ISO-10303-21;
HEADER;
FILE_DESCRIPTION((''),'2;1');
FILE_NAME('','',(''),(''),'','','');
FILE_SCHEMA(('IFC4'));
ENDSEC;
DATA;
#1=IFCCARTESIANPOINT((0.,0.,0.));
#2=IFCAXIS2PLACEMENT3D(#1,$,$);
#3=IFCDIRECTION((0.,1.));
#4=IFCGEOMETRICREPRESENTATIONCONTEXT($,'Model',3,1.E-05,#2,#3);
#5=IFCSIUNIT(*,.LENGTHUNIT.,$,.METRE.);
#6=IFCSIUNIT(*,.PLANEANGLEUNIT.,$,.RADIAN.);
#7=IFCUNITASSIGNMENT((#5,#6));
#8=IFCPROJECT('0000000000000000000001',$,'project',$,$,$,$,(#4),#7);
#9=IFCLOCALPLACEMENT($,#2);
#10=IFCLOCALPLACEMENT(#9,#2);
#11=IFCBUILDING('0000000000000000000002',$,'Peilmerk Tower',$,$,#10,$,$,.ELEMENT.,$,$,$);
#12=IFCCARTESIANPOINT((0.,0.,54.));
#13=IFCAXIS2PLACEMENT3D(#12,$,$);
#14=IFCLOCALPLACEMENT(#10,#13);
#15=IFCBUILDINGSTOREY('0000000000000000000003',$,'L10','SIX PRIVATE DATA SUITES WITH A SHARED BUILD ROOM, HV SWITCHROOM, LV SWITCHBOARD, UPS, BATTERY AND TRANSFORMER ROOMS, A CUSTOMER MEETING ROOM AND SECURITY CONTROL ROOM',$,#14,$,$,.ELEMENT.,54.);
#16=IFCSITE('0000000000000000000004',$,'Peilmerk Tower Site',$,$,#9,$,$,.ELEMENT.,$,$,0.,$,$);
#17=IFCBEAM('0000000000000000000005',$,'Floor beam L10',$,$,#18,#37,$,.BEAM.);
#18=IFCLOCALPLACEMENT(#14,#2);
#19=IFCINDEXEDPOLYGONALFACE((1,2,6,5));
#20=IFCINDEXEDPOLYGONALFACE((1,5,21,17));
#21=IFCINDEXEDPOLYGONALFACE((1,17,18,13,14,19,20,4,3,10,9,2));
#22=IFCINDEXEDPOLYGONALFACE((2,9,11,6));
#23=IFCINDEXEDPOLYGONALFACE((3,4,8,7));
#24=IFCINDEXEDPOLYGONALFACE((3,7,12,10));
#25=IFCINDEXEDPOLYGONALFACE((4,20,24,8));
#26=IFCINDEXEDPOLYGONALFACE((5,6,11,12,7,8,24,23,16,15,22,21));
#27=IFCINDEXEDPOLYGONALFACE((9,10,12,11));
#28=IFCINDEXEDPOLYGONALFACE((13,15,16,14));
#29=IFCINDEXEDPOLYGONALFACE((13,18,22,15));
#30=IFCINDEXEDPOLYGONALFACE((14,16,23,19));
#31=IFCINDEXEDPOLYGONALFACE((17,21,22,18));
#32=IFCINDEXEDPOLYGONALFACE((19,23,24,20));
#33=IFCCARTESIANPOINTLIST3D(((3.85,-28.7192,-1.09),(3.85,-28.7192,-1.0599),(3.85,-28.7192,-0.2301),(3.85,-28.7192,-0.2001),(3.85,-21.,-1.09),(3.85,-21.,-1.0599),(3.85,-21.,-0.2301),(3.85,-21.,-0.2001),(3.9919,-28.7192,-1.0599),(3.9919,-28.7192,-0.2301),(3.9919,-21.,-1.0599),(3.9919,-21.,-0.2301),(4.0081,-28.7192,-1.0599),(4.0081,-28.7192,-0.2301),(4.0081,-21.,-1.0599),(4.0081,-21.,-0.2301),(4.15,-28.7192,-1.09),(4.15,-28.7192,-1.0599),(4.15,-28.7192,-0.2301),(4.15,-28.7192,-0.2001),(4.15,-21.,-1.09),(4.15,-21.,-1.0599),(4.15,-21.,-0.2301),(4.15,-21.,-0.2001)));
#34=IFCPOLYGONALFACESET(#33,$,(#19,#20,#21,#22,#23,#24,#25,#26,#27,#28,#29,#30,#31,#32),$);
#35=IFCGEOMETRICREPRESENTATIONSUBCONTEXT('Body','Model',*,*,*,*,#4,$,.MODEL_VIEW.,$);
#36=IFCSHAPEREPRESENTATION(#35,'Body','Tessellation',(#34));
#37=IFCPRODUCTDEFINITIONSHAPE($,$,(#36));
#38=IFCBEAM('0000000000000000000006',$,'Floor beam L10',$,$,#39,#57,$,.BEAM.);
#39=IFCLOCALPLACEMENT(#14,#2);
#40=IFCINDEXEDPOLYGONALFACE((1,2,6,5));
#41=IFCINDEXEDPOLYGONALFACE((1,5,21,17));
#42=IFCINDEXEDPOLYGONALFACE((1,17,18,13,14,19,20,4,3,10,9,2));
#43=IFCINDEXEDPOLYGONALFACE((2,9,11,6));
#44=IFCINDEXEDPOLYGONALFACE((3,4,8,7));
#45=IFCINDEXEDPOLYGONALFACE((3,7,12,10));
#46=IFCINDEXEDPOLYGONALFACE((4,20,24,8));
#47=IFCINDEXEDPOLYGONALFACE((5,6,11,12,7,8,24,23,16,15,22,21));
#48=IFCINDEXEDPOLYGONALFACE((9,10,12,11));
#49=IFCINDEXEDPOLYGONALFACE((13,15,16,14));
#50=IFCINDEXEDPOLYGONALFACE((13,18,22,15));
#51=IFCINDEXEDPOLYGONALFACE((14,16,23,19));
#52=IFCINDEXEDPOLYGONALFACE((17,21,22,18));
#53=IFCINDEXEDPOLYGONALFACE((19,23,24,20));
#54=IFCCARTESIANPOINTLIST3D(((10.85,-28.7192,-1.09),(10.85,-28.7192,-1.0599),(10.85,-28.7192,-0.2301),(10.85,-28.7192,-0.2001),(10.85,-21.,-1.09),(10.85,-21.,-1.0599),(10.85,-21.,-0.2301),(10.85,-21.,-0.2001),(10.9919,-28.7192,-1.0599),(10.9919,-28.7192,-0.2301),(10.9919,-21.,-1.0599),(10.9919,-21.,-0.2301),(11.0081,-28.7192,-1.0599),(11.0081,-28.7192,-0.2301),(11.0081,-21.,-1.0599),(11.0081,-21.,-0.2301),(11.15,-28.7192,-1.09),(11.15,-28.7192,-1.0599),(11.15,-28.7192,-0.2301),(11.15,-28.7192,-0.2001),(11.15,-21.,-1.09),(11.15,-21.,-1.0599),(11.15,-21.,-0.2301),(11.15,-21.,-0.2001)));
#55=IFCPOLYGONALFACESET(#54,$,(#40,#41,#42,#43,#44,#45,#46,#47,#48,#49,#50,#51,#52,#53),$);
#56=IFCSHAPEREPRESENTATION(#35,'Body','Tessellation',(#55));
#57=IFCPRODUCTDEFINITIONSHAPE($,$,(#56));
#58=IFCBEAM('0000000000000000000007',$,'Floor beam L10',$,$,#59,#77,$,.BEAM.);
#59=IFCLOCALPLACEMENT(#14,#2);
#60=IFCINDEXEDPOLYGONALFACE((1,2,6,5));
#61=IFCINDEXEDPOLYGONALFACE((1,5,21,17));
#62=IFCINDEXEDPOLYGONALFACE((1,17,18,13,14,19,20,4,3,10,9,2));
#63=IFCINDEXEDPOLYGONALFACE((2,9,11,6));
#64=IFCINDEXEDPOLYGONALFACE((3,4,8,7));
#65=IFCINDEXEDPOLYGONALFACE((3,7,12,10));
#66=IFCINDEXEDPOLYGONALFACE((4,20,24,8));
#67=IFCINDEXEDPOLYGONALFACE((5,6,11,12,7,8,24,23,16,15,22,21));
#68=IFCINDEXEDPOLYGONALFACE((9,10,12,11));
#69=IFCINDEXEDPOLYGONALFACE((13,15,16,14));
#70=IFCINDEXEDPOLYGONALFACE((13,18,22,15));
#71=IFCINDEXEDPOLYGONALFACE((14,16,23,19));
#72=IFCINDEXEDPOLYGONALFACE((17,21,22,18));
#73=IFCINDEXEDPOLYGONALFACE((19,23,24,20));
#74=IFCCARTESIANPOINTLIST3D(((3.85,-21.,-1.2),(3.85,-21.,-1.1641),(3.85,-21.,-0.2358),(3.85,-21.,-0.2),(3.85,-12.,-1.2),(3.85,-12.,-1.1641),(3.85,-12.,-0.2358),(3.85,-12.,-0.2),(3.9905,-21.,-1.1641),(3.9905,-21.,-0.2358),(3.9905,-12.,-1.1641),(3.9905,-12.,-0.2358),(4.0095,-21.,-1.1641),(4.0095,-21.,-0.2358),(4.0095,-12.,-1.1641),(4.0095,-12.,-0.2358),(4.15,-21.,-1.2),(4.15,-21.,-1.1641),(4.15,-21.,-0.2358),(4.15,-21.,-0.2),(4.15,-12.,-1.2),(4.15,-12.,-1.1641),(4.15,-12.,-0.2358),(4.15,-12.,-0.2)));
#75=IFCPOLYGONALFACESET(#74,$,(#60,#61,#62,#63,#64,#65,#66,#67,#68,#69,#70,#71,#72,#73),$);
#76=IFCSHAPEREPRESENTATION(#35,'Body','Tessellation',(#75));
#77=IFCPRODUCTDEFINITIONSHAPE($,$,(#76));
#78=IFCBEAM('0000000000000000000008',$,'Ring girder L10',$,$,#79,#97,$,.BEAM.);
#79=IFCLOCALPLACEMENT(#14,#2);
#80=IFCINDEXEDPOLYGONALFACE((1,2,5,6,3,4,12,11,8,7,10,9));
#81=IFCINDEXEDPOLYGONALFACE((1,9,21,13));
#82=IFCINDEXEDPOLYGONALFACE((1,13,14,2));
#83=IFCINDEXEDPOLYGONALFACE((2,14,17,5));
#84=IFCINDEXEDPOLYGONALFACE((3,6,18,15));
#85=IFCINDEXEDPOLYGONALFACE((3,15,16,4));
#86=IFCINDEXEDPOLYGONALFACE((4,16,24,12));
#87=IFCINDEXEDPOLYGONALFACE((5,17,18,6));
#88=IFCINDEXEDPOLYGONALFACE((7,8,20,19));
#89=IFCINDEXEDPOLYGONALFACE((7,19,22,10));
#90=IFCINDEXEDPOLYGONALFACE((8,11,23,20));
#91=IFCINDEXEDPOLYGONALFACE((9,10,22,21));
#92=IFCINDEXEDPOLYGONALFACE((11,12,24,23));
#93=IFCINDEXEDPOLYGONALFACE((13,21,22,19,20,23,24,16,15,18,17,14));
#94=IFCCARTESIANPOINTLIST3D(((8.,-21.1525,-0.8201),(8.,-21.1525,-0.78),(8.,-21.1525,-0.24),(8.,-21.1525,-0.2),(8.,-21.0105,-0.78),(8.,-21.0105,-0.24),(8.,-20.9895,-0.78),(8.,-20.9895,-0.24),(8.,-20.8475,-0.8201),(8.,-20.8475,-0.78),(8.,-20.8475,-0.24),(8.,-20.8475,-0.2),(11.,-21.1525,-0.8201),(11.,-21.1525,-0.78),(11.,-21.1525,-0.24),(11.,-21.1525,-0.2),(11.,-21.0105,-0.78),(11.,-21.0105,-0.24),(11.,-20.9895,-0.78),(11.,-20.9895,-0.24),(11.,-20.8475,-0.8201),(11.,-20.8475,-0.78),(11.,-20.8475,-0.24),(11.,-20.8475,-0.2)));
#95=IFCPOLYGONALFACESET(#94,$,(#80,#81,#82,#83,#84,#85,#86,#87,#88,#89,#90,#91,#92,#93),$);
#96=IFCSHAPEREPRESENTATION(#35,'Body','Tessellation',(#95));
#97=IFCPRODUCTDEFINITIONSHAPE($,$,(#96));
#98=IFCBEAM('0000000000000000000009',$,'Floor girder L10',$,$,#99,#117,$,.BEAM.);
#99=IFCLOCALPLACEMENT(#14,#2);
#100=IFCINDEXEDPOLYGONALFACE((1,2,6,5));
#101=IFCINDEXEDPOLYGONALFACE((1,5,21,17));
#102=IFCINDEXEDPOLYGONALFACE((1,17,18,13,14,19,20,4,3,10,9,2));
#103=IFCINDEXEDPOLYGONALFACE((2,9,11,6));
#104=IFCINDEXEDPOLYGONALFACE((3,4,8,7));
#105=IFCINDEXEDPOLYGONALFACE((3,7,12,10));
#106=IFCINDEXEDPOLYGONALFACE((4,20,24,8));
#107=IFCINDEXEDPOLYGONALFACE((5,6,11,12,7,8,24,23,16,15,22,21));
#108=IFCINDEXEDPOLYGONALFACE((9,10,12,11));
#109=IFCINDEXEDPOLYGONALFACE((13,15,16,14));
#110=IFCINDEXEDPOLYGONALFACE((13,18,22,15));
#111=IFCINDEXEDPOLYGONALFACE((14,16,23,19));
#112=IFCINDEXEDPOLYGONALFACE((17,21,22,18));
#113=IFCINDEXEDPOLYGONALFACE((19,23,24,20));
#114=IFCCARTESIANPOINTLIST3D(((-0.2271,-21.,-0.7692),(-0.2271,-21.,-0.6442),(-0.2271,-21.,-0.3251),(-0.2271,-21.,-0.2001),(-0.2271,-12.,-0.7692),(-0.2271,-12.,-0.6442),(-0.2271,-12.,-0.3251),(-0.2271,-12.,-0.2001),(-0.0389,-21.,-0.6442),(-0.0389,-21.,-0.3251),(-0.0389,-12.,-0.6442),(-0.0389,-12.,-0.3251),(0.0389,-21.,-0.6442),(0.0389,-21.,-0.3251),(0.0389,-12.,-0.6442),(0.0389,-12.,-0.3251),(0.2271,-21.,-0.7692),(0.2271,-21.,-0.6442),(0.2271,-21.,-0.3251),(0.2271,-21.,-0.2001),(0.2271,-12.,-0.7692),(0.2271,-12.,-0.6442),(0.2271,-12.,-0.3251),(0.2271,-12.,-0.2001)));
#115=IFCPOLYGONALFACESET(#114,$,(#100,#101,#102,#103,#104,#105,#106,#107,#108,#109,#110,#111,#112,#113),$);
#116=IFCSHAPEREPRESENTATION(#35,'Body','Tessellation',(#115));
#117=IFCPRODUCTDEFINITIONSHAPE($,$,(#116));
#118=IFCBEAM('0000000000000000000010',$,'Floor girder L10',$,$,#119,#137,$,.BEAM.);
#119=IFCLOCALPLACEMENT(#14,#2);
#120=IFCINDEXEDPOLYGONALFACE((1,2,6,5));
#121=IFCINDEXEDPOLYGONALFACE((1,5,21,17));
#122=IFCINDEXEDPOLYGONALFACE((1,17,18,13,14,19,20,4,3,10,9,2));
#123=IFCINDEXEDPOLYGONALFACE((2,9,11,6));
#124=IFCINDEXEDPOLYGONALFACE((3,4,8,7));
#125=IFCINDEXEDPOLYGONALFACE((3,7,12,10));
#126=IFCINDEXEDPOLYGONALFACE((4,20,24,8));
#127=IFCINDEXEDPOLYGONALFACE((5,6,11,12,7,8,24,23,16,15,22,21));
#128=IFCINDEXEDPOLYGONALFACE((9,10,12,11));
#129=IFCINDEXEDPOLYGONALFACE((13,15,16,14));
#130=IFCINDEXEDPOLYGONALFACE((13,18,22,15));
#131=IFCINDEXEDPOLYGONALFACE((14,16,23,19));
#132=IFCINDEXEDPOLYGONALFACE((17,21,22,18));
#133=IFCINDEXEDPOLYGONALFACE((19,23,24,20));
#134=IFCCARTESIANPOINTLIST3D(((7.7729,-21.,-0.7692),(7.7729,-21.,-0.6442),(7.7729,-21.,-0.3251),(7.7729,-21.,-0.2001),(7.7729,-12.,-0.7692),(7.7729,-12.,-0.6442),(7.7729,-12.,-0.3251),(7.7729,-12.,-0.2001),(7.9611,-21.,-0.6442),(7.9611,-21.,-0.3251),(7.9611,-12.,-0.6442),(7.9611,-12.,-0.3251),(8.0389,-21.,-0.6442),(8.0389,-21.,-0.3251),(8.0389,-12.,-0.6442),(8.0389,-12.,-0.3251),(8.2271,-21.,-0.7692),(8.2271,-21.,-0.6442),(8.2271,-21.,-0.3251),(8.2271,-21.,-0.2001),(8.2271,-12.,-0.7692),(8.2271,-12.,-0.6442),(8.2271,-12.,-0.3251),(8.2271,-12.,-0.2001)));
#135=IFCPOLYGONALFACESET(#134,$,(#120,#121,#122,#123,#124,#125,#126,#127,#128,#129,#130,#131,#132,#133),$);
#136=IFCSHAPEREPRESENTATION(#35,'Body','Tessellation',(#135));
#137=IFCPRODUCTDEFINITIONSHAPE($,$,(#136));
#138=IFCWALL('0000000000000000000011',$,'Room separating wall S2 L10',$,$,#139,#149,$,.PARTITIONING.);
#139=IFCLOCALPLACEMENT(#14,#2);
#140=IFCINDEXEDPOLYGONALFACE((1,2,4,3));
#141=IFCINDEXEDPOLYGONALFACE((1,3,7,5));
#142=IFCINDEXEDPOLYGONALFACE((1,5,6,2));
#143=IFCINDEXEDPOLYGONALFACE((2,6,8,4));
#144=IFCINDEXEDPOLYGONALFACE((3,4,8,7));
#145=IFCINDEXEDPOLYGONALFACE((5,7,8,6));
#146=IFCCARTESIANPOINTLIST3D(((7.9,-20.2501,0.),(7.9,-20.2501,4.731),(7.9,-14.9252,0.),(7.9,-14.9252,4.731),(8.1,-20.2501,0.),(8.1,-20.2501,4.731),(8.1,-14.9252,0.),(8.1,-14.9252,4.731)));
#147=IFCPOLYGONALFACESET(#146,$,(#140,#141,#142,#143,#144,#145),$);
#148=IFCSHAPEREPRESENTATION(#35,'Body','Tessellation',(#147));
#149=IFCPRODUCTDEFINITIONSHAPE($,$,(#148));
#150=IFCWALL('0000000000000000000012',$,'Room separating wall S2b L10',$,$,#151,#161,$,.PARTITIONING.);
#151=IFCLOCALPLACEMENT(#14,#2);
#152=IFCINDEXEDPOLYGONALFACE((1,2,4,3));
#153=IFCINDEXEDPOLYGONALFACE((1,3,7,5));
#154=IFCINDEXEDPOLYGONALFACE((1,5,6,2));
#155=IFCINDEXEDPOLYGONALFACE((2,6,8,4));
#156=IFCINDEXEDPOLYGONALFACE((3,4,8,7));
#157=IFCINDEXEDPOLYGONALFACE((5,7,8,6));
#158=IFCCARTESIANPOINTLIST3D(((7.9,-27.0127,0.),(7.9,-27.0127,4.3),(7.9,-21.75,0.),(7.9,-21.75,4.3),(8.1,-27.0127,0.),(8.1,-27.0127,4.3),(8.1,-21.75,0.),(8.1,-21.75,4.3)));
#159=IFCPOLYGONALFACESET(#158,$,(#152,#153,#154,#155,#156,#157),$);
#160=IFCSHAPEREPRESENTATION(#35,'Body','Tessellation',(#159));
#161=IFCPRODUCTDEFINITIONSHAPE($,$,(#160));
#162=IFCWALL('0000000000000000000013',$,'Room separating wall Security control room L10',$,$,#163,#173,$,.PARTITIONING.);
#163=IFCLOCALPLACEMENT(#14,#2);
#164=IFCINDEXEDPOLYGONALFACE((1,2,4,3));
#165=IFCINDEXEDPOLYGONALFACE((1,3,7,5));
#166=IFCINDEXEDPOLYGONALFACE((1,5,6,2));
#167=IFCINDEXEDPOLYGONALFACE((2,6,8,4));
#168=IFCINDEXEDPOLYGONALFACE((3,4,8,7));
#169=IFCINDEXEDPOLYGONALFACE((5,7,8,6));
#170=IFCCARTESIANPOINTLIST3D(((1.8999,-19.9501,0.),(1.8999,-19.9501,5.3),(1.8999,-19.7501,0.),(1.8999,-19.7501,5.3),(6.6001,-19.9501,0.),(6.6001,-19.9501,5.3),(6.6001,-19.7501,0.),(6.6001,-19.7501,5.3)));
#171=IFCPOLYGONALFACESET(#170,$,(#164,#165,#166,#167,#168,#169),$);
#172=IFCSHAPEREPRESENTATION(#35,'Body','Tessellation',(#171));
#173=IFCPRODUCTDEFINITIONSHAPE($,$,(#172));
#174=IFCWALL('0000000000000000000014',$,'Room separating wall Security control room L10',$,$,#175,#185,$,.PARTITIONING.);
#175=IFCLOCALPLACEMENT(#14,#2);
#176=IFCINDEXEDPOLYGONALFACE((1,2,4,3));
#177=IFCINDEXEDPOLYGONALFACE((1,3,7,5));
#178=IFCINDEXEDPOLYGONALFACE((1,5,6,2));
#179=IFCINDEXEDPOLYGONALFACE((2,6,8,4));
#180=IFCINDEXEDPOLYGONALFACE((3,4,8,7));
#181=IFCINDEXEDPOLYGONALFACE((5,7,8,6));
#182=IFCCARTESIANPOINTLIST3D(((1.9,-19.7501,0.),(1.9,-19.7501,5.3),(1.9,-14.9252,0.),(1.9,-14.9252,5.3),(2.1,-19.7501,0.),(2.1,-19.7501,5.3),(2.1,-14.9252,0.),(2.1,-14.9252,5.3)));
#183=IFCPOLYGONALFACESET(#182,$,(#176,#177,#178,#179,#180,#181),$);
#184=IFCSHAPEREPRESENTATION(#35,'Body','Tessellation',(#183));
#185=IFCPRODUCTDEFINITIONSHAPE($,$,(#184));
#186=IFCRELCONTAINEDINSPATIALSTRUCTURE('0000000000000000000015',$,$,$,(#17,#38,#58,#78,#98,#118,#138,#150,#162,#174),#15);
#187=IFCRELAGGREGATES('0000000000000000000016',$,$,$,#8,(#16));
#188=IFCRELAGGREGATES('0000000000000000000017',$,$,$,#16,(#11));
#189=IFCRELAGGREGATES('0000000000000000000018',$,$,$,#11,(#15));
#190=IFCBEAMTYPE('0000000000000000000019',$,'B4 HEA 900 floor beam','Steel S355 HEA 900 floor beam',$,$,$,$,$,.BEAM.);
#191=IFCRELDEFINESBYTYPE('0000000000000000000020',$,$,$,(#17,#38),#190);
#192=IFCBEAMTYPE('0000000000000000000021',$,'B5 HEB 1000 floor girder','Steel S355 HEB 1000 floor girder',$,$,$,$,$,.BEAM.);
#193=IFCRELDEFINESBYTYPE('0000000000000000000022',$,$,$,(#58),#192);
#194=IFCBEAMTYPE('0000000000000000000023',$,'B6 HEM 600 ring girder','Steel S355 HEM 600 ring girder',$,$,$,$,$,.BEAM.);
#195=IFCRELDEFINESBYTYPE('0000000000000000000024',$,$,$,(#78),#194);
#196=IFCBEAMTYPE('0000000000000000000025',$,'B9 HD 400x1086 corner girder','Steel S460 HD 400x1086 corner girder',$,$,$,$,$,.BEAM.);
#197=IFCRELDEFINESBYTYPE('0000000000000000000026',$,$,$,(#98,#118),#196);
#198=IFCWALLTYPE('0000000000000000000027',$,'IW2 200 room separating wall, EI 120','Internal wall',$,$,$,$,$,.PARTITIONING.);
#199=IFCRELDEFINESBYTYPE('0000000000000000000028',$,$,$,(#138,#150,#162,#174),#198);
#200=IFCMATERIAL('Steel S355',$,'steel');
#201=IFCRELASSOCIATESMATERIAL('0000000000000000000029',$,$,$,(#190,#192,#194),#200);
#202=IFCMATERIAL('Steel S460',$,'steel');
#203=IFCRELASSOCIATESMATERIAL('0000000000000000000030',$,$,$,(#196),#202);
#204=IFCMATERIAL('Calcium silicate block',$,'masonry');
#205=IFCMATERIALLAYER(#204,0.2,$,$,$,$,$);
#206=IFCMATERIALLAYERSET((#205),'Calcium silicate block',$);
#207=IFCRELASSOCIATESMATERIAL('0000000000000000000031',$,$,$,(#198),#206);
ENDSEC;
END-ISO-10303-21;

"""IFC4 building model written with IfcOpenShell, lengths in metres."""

from ifc_helpers import new_model, si_unit, direction, frame, frame_2d, origin, origin_2d, place, context, subcontext, project, spatial, rectangle, i_section, extrude, material, layer, layer_set, material_profile, profile_set, type_object, element, save


model = new_model("IFC4")

# Units and contexts
model_context = context("Model", 3, precision=1e-05, world=origin(), true_north=direction((0.0, 1.0)))
body_context = subcontext(model_context, "Body", "Model", "MODEL_VIEW")
ifc_project = project(units=[si_unit("LENGTHUNIT", "METRE"), si_unit("PLANEANGLEUNIT", "RADIAN")], contexts=[model_context])

# Site, building, storey
site_placement = place(None, origin())
site = spatial("IfcSite", under=ifc_project, at=site_placement, Name="Peilmerk Tower Site", CompositionType="ELEMENT", RefElevation=0.0)
building_placement = place(site_placement, origin())
building = spatial("IfcBuilding", under=site, at=building_placement, Name="Peilmerk Tower", CompositionType="ELEMENT")
storey_placement = place(building_placement, frame((0.0, 0.0, 54.0)))
storey = spatial("IfcBuildingStorey", under=building, at=storey_placement, Name="L10", Description="SIX PRIVATE DATA SUITES WITH A SHARED BUILD ROOM, HV SWITCHROOM, LV SWITCHBOARD, UPS, BATTERY AND TRANSFORMER ROOMS, A CUSTOMER MEETING ROOM AND SECURITY CONTROL ROOM", CompositionType="ELEMENT", Elevation=54.0)

# Beams
ifc_material_1 = material(Name="Steel S355", Category="steel")
ifc_material_profile_1 = material_profile(ifc_material_1, i_section(OverallWidth=0.3, OverallDepth=0.8899, WebThickness=0.0161, FlangeThickness=0.03, at=origin_2d()), Name="HEA 900")
ifc_profile_set_1 = profile_set([ifc_material_profile_1], Name="Steel S355")
beam_type_1 = type_object("IfcBeamType", Name="B4 HEA 900 floor beam", Description="Steel S355 HEA 900 floor beam", PredefinedType="BEAM", material=ifc_profile_set_1)
for number, where, z_axis, x_axis, name in (
    (1, (4.0, -21.0, -0.645), (0.0, -1.0, 0.0), (1.0, 0.0, 0.0), "Floor beam L10"),
    (2, (11.0, -21.0, -0.645), (0.0, -1.0, 0.0), (1.0, 0.0, 0.0), "Floor beam L10"),
):
    element("IfcBeam", number, at=place(storey_placement, frame(where, z_axis=z_axis, x_axis=x_axis)), inside=storey, type_object=beam_type_1, Name=name, PredefinedType="BEAM", context=body_context, shape_type="SweptSolid", body=[
        extrude(i_section(OverallWidth=0.3, OverallDepth=0.8899, WebThickness=0.0161, FlangeThickness=0.03, at=origin_2d()), origin(), (0.0, 0.0, 1.0), 7.7192),
    ])
ifc_material_profile_2 = material_profile(ifc_material_1, i_section(OverallWidth=0.3, OverallDepth=1.0, WebThickness=0.019, FlangeThickness=0.0359, at=origin_2d()), Name="HEB 1000")
ifc_profile_set_2 = profile_set([ifc_material_profile_2], Name="Steel S355")
beam_type_2 = type_object("IfcBeamType", Name="B5 HEB 1000 floor girder", Description="Steel S355 HEB 1000 floor girder", PredefinedType="BEAM", material=ifc_profile_set_2)
beam_1_placement = place(storey_placement, frame((4.0, -12.0, -0.7), z_axis=(0.0, -1.0, 0.0), x_axis=(1.0, 0.0, 0.0)))
element("IfcBeam", 3, at=beam_1_placement, inside=storey, type_object=beam_type_2, Name="Floor beam L10", PredefinedType="BEAM", context=body_context, shape_type="SweptSolid", body=[
    extrude(i_section(OverallWidth=0.3, OverallDepth=1.0, WebThickness=0.019, FlangeThickness=0.0359, at=origin_2d()), origin(), (0.0, 0.0, 1.0), 9.0),
])
ifc_material_profile_3 = material_profile(ifc_material_1, i_section(OverallWidth=0.3049, OverallDepth=0.6201, WebThickness=0.021, FlangeThickness=0.04, at=origin_2d()), Name="HEM 600")
ifc_profile_set_3 = profile_set([ifc_material_profile_3], Name="Steel S355")
beam_type_3 = type_object("IfcBeamType", Name="B6 HEM 600 ring girder", Description="Steel S355 HEM 600 ring girder", PredefinedType="BEAM", material=ifc_profile_set_3)
beam_2_placement = place(storey_placement, frame((8.0, -21.0, -0.51), z_axis=(1.0, 0.0, 0.0), x_axis=(0.0, 1.0, 0.0)))
element("IfcBeam", 4, at=beam_2_placement, inside=storey, type_object=beam_type_3, Name="Ring girder L10", PredefinedType="BEAM", context=body_context, shape_type="SweptSolid", body=[
    extrude(i_section(OverallWidth=0.3049, OverallDepth=0.6201, WebThickness=0.021, FlangeThickness=0.04, at=origin_2d()), origin(), (0.0, 0.0, 1.0), 3.0),
])
ifc_material_2 = material(Name="Steel S460", Category="steel")
ifc_material_profile_4 = material_profile(ifc_material_2, i_section(OverallWidth=0.4541, OverallDepth=0.5691, WebThickness=0.0779, FlangeThickness=0.125, at=origin_2d()), Name="HD 400x1086")
ifc_profile_set_4 = profile_set([ifc_material_profile_4], Name="Steel S460")
beam_type_4 = type_object("IfcBeamType", Name="B9 HD 400x1086 corner girder", Description="Steel S460 HD 400x1086 corner girder", PredefinedType="BEAM", material=ifc_profile_set_4)
for number, where, z_axis, x_axis, name in (
    (5, (0.0, -12.0, -0.4846), (0.0, -1.0, 0.0), (1.0, 0.0, 0.0), "Floor girder L10"),
    (6, (8.0, -12.0, -0.4846), (0.0, -1.0, 0.0), (1.0, 0.0, 0.0), "Floor girder L10"),
):
    element("IfcBeam", number, at=place(storey_placement, frame(where, z_axis=z_axis, x_axis=x_axis)), inside=storey, type_object=beam_type_4, Name=name, PredefinedType="BEAM", context=body_context, shape_type="SweptSolid", body=[
        extrude(i_section(OverallWidth=0.4541, OverallDepth=0.5691, WebThickness=0.0779, FlangeThickness=0.125, at=origin_2d()), origin(), (0.0, 0.0, 1.0), 9.0),
    ])

# Walls
ifc_material_3 = material(Name="Calcium silicate block", Category="masonry")
ifc_layer_1 = layer(ifc_material_3, 0.2)
ifc_layer_set_1 = layer_set([ifc_layer_1], Name="Calcium silicate block")
wall_type_1 = type_object("IfcWallType", Name="IW2 200 room separating wall, EI 120", Description="Internal wall", PredefinedType="PARTITIONING", material=ifc_layer_set_1)
wall_1_placement = place(storey_placement, frame((8.0, -14.925, 0.0), z_axis=(0.0, 0.0, 1.0), x_axis=(0.0, -1.0, 0.0)))
element("IfcWall", 7, at=wall_1_placement, inside=storey, type_object=wall_type_1, Name="Room separating wall S2 L10", PredefinedType="PARTITIONING", context=body_context, shape_type="SweptSolid", body=[
    extrude(rectangle(XDim=5.325, YDim=0.2, at=frame_2d((2.6626, 0.0))), origin(), (0.0, 0.0, 1.0), 4.731),
])
wall_2_placement = place(storey_placement, frame((8.0, -21.75, 0.0), z_axis=(0.0, 0.0, 1.0), x_axis=(0.0, -1.0, 0.0)))
element("IfcWall", 8, at=wall_2_placement, inside=storey, type_object=wall_type_1, Name="Room separating wall S2b L10", PredefinedType="PARTITIONING", context=body_context, shape_type="SweptSolid", body=[
    extrude(rectangle(XDim=5.2627, YDim=0.2, at=frame_2d((2.6313, 0.0))), origin(), (0.0, 0.0, 1.0), 4.3),
])
wall_3_placement = place(storey_placement, frame((1.8999, -19.8501, 0.0), z_axis=(0.0, 0.0, 1.0), x_axis=(1.0, 0.0, 0.0)))
element("IfcWall", 9, at=wall_3_placement, inside=storey, type_object=wall_type_1, Name="Room separating wall Security control room L10", PredefinedType="PARTITIONING", context=body_context, shape_type="SweptSolid", body=[
    extrude(rectangle(XDim=4.7002, YDim=0.2, at=frame_2d((2.3501, 0.0))), origin(), (0.0, 0.0, 1.0), 5.3),
])
for number, where, z_axis, x_axis, name in (
    (10, (2.0, -14.925, 0.0), (0.0, 0.0, 1.0), (0.0, -1.0, 0.0), "Room separating wall Security control room L10"),
):
    element("IfcWall", number, at=place(storey_placement, frame(where, z_axis=z_axis, x_axis=x_axis)), inside=storey, type_object=wall_type_1, Name=name, PredefinedType="PARTITIONING", context=body_context, shape_type="SweptSolid", body=[
        extrude(rectangle(XDim=4.825, YDim=0.2, at=frame_2d((2.4126, 0.0))), origin(), (0.0, 0.0, 1.0), 5.3),
    ])

save(model, "model.ifc")
